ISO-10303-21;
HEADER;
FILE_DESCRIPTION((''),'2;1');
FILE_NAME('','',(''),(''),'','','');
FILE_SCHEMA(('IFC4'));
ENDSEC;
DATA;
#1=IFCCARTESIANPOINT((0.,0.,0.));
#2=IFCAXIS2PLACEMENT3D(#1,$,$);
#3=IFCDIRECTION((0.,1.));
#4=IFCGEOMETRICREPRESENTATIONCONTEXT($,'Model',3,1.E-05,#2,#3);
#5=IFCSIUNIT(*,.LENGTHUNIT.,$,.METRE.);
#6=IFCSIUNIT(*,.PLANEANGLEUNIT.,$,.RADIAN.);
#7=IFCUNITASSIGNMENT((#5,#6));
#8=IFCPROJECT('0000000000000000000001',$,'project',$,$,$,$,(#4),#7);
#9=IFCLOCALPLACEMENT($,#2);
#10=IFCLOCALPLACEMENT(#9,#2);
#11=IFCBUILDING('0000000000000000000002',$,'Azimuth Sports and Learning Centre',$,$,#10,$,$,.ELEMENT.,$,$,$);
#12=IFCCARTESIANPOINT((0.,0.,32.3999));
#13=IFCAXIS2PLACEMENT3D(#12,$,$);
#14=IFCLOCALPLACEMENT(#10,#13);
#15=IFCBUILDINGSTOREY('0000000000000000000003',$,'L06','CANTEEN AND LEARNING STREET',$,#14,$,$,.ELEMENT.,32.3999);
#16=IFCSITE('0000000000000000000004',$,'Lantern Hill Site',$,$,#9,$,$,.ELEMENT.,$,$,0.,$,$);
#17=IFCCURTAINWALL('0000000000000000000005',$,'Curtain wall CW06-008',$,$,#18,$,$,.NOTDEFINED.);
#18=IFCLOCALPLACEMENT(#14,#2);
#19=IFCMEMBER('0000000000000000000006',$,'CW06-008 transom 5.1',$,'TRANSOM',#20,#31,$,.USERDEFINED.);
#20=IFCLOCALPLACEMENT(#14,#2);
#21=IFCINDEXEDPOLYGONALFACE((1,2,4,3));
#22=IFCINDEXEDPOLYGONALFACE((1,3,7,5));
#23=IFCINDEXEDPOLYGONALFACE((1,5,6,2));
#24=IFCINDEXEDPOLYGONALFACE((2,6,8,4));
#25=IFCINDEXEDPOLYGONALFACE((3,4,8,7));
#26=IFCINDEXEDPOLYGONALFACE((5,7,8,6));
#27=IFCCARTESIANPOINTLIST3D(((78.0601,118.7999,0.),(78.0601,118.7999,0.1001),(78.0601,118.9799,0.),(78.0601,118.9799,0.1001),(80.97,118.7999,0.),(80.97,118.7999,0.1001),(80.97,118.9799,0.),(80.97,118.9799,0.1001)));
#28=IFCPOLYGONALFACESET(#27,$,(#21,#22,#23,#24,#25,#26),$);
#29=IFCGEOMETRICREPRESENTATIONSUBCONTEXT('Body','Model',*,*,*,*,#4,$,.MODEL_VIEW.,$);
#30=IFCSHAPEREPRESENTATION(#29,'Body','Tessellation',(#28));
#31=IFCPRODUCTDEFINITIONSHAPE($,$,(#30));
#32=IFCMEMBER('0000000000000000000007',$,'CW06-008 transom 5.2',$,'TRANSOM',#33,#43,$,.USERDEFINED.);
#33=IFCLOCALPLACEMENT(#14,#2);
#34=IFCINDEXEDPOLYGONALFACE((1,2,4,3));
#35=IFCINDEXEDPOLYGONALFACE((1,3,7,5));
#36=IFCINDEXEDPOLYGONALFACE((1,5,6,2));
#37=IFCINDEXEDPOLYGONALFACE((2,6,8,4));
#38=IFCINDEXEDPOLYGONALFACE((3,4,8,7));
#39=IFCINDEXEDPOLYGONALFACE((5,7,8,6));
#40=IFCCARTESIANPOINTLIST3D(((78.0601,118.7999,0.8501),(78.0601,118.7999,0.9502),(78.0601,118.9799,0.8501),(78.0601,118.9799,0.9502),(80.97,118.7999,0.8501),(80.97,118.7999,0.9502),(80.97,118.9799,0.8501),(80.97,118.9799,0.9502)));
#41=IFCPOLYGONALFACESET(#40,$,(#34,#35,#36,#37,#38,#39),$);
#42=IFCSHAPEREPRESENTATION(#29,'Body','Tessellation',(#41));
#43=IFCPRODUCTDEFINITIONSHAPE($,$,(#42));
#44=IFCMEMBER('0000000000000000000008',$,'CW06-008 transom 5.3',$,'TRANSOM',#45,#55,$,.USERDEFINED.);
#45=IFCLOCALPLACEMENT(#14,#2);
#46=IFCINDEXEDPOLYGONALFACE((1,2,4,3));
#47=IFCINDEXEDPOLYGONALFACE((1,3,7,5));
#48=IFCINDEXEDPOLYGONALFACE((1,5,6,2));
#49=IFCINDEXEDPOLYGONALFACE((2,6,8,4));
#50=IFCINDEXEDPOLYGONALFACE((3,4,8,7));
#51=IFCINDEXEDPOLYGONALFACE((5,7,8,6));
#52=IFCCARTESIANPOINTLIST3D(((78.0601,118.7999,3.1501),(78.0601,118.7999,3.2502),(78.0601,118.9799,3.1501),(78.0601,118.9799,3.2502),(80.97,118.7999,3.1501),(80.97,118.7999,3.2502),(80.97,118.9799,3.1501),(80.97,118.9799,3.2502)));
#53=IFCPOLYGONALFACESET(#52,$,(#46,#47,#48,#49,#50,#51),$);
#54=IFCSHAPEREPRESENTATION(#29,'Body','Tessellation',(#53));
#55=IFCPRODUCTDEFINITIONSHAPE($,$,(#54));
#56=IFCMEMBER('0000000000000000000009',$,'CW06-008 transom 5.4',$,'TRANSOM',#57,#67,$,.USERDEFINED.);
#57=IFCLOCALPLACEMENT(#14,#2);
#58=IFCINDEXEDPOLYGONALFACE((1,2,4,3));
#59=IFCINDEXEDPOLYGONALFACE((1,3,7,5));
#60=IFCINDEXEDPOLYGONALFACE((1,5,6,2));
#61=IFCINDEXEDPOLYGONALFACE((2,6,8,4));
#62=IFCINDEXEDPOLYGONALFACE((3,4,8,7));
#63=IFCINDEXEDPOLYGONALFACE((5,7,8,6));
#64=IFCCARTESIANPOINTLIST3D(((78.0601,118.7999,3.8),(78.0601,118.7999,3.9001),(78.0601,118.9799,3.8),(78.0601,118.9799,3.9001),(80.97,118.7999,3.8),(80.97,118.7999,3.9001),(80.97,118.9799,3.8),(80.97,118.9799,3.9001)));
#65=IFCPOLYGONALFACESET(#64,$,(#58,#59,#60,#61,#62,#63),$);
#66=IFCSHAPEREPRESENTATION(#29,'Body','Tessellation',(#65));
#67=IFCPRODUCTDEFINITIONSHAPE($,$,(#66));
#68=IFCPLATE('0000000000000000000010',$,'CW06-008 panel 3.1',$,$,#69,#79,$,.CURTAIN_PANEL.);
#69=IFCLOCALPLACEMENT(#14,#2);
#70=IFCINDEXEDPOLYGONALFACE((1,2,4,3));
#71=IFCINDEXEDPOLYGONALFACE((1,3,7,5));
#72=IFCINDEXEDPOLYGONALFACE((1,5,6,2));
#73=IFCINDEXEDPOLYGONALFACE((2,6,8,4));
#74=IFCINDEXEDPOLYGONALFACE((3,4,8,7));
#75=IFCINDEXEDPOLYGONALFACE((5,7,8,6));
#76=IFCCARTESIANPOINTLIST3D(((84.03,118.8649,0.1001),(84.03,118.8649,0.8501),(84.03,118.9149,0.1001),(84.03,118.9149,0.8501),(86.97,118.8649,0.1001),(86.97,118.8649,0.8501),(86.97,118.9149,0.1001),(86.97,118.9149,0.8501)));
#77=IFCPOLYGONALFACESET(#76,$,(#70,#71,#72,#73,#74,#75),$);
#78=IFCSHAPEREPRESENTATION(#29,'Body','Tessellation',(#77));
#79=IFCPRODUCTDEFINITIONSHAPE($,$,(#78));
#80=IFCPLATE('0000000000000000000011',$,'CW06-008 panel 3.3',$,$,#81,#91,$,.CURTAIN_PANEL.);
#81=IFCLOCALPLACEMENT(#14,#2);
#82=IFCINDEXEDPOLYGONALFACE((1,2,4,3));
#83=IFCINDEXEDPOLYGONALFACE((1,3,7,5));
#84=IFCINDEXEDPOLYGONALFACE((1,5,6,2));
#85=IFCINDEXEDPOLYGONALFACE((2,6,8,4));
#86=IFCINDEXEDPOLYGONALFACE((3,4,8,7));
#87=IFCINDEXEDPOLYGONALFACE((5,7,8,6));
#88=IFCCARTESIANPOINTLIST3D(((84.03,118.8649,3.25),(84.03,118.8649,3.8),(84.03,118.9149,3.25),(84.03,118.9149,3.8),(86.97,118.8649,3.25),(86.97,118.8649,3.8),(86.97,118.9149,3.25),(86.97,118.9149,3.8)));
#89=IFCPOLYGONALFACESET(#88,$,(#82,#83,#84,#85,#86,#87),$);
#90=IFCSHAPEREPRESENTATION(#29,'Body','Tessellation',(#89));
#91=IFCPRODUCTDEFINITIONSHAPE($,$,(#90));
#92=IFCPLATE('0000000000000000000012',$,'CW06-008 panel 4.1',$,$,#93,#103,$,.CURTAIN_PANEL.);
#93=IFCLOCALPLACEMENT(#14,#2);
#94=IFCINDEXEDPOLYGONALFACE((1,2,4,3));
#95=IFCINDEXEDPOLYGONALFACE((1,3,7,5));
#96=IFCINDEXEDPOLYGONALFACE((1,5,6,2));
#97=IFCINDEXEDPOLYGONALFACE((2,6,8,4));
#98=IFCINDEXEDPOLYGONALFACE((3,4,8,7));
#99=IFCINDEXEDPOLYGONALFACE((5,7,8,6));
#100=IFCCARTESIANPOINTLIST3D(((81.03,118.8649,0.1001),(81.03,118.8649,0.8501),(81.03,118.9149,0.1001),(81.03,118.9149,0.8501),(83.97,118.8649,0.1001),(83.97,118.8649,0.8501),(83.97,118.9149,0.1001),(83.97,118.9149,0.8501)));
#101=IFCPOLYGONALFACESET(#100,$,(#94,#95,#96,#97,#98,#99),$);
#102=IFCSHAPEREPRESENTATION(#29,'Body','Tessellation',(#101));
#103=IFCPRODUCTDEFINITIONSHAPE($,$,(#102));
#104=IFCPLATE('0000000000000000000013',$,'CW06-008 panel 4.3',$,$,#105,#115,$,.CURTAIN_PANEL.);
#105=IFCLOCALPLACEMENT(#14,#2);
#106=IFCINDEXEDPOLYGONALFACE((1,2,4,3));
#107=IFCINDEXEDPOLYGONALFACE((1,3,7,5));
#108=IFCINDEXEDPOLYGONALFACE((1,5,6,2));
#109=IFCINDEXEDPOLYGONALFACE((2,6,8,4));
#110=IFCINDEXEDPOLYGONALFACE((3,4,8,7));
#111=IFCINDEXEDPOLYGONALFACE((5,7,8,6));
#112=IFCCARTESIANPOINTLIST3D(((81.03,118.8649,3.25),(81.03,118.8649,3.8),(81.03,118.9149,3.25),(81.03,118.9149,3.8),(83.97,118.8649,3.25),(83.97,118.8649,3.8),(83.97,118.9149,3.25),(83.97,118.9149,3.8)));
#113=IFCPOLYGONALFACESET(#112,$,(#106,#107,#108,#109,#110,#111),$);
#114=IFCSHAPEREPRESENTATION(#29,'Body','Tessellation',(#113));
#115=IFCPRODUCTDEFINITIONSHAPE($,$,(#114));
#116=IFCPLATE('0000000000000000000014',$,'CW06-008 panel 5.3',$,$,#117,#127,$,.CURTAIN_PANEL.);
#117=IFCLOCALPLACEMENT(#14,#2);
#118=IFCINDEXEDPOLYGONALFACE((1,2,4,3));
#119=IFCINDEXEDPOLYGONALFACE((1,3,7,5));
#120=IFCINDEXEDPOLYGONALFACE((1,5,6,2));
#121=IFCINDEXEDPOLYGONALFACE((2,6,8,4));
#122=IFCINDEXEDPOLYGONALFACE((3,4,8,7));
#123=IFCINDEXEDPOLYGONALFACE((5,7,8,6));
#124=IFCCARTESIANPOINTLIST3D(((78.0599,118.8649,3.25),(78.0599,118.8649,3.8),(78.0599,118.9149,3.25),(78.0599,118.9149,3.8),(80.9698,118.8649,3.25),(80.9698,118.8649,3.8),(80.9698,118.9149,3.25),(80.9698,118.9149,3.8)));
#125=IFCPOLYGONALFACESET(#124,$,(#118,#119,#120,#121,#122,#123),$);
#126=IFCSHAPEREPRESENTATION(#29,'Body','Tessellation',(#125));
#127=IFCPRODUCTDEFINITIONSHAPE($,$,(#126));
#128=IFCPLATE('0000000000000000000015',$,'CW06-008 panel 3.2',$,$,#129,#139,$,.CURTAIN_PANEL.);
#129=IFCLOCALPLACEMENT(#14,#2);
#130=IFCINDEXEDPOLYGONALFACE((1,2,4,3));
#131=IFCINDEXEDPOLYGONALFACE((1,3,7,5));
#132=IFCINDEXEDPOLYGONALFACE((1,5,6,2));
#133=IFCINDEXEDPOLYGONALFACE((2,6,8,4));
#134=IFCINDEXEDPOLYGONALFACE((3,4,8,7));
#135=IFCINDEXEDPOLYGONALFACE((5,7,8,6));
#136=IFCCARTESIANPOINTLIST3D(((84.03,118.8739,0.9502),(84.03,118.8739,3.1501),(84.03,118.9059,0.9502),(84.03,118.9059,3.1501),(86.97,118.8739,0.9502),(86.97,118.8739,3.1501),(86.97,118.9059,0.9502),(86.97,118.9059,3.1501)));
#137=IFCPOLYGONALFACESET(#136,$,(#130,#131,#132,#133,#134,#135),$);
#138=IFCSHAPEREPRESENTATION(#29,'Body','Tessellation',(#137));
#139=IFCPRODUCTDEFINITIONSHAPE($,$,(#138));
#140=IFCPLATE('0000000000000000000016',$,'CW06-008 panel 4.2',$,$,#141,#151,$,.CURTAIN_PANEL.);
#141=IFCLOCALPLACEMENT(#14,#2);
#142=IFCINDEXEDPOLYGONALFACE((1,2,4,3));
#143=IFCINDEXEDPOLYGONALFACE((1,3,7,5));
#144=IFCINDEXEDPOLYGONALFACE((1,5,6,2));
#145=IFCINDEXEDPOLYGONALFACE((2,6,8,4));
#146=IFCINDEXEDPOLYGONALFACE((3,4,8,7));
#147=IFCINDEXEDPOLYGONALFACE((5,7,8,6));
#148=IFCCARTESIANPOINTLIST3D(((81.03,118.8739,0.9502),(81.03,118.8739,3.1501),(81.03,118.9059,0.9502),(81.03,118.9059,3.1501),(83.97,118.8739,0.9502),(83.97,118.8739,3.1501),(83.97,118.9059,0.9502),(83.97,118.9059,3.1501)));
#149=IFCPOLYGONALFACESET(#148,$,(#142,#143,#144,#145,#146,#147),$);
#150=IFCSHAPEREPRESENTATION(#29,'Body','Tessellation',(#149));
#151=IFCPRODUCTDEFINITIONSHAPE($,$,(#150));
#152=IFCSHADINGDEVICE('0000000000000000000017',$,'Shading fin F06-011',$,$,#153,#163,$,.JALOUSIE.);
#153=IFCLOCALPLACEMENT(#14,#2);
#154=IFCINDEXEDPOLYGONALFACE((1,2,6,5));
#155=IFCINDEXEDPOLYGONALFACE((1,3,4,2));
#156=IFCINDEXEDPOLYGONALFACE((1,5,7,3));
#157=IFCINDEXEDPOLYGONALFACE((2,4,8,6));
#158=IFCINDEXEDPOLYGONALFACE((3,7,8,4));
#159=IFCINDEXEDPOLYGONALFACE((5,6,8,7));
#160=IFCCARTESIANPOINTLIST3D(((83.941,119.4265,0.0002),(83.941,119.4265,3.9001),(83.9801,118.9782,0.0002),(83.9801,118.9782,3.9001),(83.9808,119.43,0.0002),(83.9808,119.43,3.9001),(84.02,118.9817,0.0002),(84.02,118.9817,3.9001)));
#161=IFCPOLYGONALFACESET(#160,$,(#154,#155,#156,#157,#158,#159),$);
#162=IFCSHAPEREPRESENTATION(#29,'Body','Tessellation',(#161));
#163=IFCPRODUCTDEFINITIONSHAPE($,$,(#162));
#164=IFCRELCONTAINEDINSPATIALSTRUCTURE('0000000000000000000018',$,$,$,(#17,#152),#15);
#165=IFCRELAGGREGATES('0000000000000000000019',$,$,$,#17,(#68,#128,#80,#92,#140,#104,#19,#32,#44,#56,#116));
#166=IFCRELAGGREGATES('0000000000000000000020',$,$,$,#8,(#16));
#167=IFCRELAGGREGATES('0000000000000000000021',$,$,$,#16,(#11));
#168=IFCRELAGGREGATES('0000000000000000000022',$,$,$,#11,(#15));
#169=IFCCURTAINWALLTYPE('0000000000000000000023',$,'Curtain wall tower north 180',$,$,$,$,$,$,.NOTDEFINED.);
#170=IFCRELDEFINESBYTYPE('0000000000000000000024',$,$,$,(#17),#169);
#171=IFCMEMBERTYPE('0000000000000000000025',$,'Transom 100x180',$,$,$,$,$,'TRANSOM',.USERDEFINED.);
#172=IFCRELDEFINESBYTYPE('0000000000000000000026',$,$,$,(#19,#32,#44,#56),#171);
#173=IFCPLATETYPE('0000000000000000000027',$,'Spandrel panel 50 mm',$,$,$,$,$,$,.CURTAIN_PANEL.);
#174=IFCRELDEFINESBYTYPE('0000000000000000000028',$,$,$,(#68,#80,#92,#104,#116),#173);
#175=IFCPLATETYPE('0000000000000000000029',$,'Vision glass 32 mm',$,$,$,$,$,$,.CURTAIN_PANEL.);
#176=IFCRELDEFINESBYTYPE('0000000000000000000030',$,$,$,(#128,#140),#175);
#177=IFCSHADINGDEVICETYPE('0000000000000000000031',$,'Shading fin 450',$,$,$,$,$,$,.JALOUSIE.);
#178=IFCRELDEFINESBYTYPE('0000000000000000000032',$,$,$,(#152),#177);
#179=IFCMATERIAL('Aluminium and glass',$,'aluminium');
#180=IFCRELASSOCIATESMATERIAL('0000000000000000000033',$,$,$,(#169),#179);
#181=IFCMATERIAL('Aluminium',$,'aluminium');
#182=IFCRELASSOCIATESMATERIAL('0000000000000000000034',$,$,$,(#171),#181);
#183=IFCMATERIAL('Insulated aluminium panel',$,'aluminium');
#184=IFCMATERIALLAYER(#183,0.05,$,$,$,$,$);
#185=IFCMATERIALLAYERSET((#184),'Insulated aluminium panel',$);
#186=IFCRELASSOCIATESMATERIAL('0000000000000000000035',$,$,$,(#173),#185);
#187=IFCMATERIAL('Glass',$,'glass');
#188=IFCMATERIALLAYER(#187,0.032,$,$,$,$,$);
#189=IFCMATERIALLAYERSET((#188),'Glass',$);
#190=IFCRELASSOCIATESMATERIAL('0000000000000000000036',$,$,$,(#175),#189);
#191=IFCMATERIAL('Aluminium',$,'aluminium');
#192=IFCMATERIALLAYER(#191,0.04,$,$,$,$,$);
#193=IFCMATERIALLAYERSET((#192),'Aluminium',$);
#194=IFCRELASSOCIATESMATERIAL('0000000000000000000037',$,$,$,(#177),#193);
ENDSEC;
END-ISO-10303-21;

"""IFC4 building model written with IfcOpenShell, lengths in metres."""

from ifc_helpers import new_model, si_unit, direction, frame, origin, origin_2d, place, context, subcontext, project, spatial, rectangle, extrude, material, layer, layer_set, material_profile, profile_set, type_object, element, aggregate, save


model = new_model("IFC4")

# Units and contexts
model_context = context("Model", 3, precision=1e-05, world=origin(), true_north=direction((0.0, 1.0)))
body_context = subcontext(model_context, "Body", "Model", "MODEL_VIEW")
ifc_project = project(units=[si_unit("LENGTHUNIT", "METRE"), si_unit("PLANEANGLEUNIT", "RADIAN")], contexts=[model_context])

# Site, building, storey
site_placement = place(None, origin())
site = spatial("IfcSite", under=ifc_project, at=site_placement, Name="Lantern Hill Site", CompositionType="ELEMENT", RefElevation=0.0)
building_placement = place(site_placement, origin())
building = spatial("IfcBuilding", under=site, at=building_placement, Name="Azimuth Sports and Learning Centre", CompositionType="ELEMENT")
storey_placement = place(building_placement, frame((0.0, 0.0, 32.3999)))
storey = spatial("IfcBuildingStorey", under=building, at=storey_placement, Name="L06", Description="CANTEEN AND LEARNING STREET", CompositionType="ELEMENT", Elevation=32.3999)

# Curtain wall, members, plates
ifc_material_1 = material(Name="Aluminium and glass", Category="aluminium")
curtain_wall_type = type_object("IfcCurtainWallType", Name="Curtain wall tower north 180", PredefinedType="NOTDEFINED", material=ifc_material_1)
curtain_wall_placement = place(storey_placement, origin())
curtain_wall = element("IfcCurtainWall", 1, at=curtain_wall_placement, inside=storey, type_object=curtain_wall_type, Name="Curtain wall CW06-008", PredefinedType="NOTDEFINED")
ifc_material_2 = material(Name="Aluminium", Category="aluminium")
ifc_material_profile_1 = material_profile(ifc_material_2, rectangle(XDim=0.1799, YDim=0.1001, at=origin_2d()), Name="Transom 100x180")
ifc_profile_set_1 = profile_set([ifc_material_profile_1], Name="Aluminium")
member_type_1 = type_object("IfcMemberType", Name="Transom 100x180", ElementType="TRANSOM", PredefinedType="USERDEFINED", material=ifc_profile_set_1)
member_1_placement = place(storey_placement, frame((80.97, 118.8899, 0.05), z_axis=(-1.0, 0.0, 0.0), x_axis=(0.0, -1.0, 0.0)))
member_1 = element("IfcMember", 2, at=member_1_placement, type_object=member_type_1, Name="CW06-008 transom 5.1", ObjectType="TRANSOM", PredefinedType="USERDEFINED", context=body_context, shape_type="SweptSolid", body=[
    extrude(rectangle(XDim=0.1799, YDim=0.1001, at=origin_2d()), origin(), (0.0, 0.0, 1.0), 2.9099),
])
member_2_placement = place(storey_placement, frame((80.97, 118.8899, 0.9001), z_axis=(-1.0, 0.0, 0.0), x_axis=(0.0, -1.0, 0.0)))
member_2 = element("IfcMember", 3, at=member_2_placement, type_object=member_type_1, Name="CW06-008 transom 5.2", ObjectType="TRANSOM", PredefinedType="USERDEFINED", context=body_context, shape_type="SweptSolid", body=[
    extrude(rectangle(XDim=0.1799, YDim=0.1001, at=origin_2d()), origin(), (0.0, 0.0, 1.0), 2.9099),
])
member_3_placement = place(storey_placement, frame((80.97, 118.8899, 3.2002), z_axis=(-1.0, 0.0, 0.0), x_axis=(0.0, -1.0, 0.0)))
member_3 = element("IfcMember", 4, at=member_3_placement, type_object=member_type_1, Name="CW06-008 transom 5.3", ObjectType="TRANSOM", PredefinedType="USERDEFINED", context=body_context, shape_type="SweptSolid", body=[
    extrude(rectangle(XDim=0.1799, YDim=0.1001, at=origin_2d()), origin(), (0.0, 0.0, 1.0), 2.9099),
])
member_4_placement = place(storey_placement, frame((80.97, 118.8899, 3.8501), z_axis=(-1.0, 0.0, 0.0), x_axis=(0.0, -1.0, 0.0)))
member_4 = element("IfcMember", 5, at=member_4_placement, type_object=member_type_1, Name="CW06-008 transom 5.4", ObjectType="TRANSOM", PredefinedType="USERDEFINED", context=body_context, shape_type="SweptSolid", body=[
    extrude(rectangle(XDim=0.1799, YDim=0.1001, at=origin_2d()), origin(), (0.0, 0.0, 1.0), 2.9099),
])
ifc_material_3 = material(Name="Insulated aluminium panel", Category="aluminium")
ifc_layer_1 = layer(ifc_material_3, 0.05)
ifc_layer_set_1 = layer_set([ifc_layer_1], Name="Insulated aluminium panel")
plate_type_1 = type_object("IfcPlateType", Name="Spandrel panel 50 mm", PredefinedType="CURTAIN_PANEL", material=ifc_layer_set_1)
plate_1_placement = place(storey_placement, frame((85.5, 118.8899, 0.1001), z_axis=(0.0, 0.0, 1.0), x_axis=(-1.0, 0.0, 0.0)))
plate_1 = element("IfcPlate", 6, at=plate_1_placement, type_object=plate_type_1, Name="CW06-008 panel 3.1", PredefinedType="CURTAIN_PANEL", context=body_context, shape_type="SweptSolid", body=[
    extrude(rectangle(XDim=2.9399, YDim=0.05, at=origin_2d()), origin(), (0.0, 0.0, 1.0), 0.75),
])
plate_2_placement = place(storey_placement, frame((85.5, 118.8899, 3.25), z_axis=(0.0, 0.0, 1.0), x_axis=(-1.0, 0.0, 0.0)))
plate_2 = element("IfcPlate", 7, at=plate_2_placement, type_object=plate_type_1, Name="CW06-008 panel 3.3", PredefinedType="CURTAIN_PANEL", context=body_context, shape_type="SweptSolid", body=[
    extrude(rectangle(XDim=2.9399, YDim=0.05, at=origin_2d()), origin(), (0.0, 0.0, 1.0), 0.55),
])
plate_3_placement = place(storey_placement, frame((82.5, 118.8899, 0.1001), z_axis=(0.0, 0.0, 1.0), x_axis=(-1.0, 0.0, 0.0)))
plate_3 = element("IfcPlate", 8, at=plate_3_placement, type_object=plate_type_1, Name="CW06-008 panel 4.1", PredefinedType="CURTAIN_PANEL", context=body_context, shape_type="SweptSolid", body=[
    extrude(rectangle(XDim=2.9399, YDim=0.05, at=origin_2d()), origin(), (0.0, 0.0, 1.0), 0.75),
])
plate_4_placement = place(storey_placement, frame((82.5, 118.8899, 3.25), z_axis=(0.0, 0.0, 1.0), x_axis=(-1.0, 0.0, 0.0)))
plate_4 = element("IfcPlate", 9, at=plate_4_placement, type_object=plate_type_1, Name="CW06-008 panel 4.3", PredefinedType="CURTAIN_PANEL", context=body_context, shape_type="SweptSolid", body=[
    extrude(rectangle(XDim=2.9399, YDim=0.05, at=origin_2d()), origin(), (0.0, 0.0, 1.0), 0.55),
])
plate_5_placement = place(storey_placement, frame((79.5149, 118.8899, 3.25), z_axis=(0.0, 0.0, 1.0), x_axis=(-1.0, 0.0, 0.0)))
plate_5 = element("IfcPlate", 10, at=plate_5_placement, type_object=plate_type_1, Name="CW06-008 panel 5.3", PredefinedType="CURTAIN_PANEL", context=body_context, shape_type="SweptSolid", body=[
    extrude(rectangle(XDim=2.9099, YDim=0.05, at=origin_2d()), origin(), (0.0, 0.0, 1.0), 0.55),
])
ifc_material_4 = material(Name="Glass", Category="glass")
ifc_layer_2 = layer(ifc_material_4, 0.032)
ifc_layer_set_2 = layer_set([ifc_layer_2], Name="Glass")
plate_type_2 = type_object("IfcPlateType", Name="Vision glass 32 mm", PredefinedType="CURTAIN_PANEL", material=ifc_layer_set_2)
plate_6_placement = place(storey_placement, frame((85.5, 118.8899, 0.9502), z_axis=(0.0, 0.0, 1.0), x_axis=(-1.0, 0.0, 0.0)))
plate_6 = element("IfcPlate", 11, at=plate_6_placement, type_object=plate_type_2, Name="CW06-008 panel 3.2", PredefinedType="CURTAIN_PANEL", context=body_context, shape_type="SweptSolid", body=[
    extrude(rectangle(XDim=2.9399, YDim=0.032, at=origin_2d()), origin(), (0.0, 0.0, 1.0), 2.2),
])
plate_7_placement = place(storey_placement, frame((82.5, 118.8899, 0.9502), z_axis=(0.0, 0.0, 1.0), x_axis=(-1.0, 0.0, 0.0)))
plate_7 = element("IfcPlate", 12, at=plate_7_placement, type_object=plate_type_2, Name="CW06-008 panel 4.2", PredefinedType="CURTAIN_PANEL", context=body_context, shape_type="SweptSolid", body=[
    extrude(rectangle(XDim=2.9399, YDim=0.032, at=origin_2d()), origin(), (0.0, 0.0, 1.0), 2.2),
])
aggregate(curtain_wall, [plate_1, plate_6, plate_2, plate_3, plate_7, plate_4, member_1, member_2, member_3, member_4, plate_5])

# Shading device
ifc_material_5 = material(Name="Aluminium", Category="aluminium")
ifc_layer_3 = layer(ifc_material_5, 0.04)
ifc_layer_set_3 = layer_set([ifc_layer_3], Name="Aluminium")
shading_device_type = type_object("IfcShadingDeviceType", Name="Shading fin 450", PredefinedType="JALOUSIE", material=ifc_layer_set_3)
shading_device_placement = place(storey_placement, frame((83.9805, 119.2041, 0.0002), z_axis=(0.0, 0.0, 1.0), x_axis=(-0.08698, 0.99621, 0.0)))
element("IfcShadingDevice", 13, at=shading_device_placement, inside=storey, type_object=shading_device_type, Name="Shading fin F06-011", PredefinedType="JALOUSIE", context=body_context, shape_type="SweptSolid", body=[
    extrude(rectangle(XDim=0.45, YDim=0.04, at=origin_2d()), origin(), (0.0, 0.0, 1.0), 3.8999),
])

save(model, "model.ifc")
